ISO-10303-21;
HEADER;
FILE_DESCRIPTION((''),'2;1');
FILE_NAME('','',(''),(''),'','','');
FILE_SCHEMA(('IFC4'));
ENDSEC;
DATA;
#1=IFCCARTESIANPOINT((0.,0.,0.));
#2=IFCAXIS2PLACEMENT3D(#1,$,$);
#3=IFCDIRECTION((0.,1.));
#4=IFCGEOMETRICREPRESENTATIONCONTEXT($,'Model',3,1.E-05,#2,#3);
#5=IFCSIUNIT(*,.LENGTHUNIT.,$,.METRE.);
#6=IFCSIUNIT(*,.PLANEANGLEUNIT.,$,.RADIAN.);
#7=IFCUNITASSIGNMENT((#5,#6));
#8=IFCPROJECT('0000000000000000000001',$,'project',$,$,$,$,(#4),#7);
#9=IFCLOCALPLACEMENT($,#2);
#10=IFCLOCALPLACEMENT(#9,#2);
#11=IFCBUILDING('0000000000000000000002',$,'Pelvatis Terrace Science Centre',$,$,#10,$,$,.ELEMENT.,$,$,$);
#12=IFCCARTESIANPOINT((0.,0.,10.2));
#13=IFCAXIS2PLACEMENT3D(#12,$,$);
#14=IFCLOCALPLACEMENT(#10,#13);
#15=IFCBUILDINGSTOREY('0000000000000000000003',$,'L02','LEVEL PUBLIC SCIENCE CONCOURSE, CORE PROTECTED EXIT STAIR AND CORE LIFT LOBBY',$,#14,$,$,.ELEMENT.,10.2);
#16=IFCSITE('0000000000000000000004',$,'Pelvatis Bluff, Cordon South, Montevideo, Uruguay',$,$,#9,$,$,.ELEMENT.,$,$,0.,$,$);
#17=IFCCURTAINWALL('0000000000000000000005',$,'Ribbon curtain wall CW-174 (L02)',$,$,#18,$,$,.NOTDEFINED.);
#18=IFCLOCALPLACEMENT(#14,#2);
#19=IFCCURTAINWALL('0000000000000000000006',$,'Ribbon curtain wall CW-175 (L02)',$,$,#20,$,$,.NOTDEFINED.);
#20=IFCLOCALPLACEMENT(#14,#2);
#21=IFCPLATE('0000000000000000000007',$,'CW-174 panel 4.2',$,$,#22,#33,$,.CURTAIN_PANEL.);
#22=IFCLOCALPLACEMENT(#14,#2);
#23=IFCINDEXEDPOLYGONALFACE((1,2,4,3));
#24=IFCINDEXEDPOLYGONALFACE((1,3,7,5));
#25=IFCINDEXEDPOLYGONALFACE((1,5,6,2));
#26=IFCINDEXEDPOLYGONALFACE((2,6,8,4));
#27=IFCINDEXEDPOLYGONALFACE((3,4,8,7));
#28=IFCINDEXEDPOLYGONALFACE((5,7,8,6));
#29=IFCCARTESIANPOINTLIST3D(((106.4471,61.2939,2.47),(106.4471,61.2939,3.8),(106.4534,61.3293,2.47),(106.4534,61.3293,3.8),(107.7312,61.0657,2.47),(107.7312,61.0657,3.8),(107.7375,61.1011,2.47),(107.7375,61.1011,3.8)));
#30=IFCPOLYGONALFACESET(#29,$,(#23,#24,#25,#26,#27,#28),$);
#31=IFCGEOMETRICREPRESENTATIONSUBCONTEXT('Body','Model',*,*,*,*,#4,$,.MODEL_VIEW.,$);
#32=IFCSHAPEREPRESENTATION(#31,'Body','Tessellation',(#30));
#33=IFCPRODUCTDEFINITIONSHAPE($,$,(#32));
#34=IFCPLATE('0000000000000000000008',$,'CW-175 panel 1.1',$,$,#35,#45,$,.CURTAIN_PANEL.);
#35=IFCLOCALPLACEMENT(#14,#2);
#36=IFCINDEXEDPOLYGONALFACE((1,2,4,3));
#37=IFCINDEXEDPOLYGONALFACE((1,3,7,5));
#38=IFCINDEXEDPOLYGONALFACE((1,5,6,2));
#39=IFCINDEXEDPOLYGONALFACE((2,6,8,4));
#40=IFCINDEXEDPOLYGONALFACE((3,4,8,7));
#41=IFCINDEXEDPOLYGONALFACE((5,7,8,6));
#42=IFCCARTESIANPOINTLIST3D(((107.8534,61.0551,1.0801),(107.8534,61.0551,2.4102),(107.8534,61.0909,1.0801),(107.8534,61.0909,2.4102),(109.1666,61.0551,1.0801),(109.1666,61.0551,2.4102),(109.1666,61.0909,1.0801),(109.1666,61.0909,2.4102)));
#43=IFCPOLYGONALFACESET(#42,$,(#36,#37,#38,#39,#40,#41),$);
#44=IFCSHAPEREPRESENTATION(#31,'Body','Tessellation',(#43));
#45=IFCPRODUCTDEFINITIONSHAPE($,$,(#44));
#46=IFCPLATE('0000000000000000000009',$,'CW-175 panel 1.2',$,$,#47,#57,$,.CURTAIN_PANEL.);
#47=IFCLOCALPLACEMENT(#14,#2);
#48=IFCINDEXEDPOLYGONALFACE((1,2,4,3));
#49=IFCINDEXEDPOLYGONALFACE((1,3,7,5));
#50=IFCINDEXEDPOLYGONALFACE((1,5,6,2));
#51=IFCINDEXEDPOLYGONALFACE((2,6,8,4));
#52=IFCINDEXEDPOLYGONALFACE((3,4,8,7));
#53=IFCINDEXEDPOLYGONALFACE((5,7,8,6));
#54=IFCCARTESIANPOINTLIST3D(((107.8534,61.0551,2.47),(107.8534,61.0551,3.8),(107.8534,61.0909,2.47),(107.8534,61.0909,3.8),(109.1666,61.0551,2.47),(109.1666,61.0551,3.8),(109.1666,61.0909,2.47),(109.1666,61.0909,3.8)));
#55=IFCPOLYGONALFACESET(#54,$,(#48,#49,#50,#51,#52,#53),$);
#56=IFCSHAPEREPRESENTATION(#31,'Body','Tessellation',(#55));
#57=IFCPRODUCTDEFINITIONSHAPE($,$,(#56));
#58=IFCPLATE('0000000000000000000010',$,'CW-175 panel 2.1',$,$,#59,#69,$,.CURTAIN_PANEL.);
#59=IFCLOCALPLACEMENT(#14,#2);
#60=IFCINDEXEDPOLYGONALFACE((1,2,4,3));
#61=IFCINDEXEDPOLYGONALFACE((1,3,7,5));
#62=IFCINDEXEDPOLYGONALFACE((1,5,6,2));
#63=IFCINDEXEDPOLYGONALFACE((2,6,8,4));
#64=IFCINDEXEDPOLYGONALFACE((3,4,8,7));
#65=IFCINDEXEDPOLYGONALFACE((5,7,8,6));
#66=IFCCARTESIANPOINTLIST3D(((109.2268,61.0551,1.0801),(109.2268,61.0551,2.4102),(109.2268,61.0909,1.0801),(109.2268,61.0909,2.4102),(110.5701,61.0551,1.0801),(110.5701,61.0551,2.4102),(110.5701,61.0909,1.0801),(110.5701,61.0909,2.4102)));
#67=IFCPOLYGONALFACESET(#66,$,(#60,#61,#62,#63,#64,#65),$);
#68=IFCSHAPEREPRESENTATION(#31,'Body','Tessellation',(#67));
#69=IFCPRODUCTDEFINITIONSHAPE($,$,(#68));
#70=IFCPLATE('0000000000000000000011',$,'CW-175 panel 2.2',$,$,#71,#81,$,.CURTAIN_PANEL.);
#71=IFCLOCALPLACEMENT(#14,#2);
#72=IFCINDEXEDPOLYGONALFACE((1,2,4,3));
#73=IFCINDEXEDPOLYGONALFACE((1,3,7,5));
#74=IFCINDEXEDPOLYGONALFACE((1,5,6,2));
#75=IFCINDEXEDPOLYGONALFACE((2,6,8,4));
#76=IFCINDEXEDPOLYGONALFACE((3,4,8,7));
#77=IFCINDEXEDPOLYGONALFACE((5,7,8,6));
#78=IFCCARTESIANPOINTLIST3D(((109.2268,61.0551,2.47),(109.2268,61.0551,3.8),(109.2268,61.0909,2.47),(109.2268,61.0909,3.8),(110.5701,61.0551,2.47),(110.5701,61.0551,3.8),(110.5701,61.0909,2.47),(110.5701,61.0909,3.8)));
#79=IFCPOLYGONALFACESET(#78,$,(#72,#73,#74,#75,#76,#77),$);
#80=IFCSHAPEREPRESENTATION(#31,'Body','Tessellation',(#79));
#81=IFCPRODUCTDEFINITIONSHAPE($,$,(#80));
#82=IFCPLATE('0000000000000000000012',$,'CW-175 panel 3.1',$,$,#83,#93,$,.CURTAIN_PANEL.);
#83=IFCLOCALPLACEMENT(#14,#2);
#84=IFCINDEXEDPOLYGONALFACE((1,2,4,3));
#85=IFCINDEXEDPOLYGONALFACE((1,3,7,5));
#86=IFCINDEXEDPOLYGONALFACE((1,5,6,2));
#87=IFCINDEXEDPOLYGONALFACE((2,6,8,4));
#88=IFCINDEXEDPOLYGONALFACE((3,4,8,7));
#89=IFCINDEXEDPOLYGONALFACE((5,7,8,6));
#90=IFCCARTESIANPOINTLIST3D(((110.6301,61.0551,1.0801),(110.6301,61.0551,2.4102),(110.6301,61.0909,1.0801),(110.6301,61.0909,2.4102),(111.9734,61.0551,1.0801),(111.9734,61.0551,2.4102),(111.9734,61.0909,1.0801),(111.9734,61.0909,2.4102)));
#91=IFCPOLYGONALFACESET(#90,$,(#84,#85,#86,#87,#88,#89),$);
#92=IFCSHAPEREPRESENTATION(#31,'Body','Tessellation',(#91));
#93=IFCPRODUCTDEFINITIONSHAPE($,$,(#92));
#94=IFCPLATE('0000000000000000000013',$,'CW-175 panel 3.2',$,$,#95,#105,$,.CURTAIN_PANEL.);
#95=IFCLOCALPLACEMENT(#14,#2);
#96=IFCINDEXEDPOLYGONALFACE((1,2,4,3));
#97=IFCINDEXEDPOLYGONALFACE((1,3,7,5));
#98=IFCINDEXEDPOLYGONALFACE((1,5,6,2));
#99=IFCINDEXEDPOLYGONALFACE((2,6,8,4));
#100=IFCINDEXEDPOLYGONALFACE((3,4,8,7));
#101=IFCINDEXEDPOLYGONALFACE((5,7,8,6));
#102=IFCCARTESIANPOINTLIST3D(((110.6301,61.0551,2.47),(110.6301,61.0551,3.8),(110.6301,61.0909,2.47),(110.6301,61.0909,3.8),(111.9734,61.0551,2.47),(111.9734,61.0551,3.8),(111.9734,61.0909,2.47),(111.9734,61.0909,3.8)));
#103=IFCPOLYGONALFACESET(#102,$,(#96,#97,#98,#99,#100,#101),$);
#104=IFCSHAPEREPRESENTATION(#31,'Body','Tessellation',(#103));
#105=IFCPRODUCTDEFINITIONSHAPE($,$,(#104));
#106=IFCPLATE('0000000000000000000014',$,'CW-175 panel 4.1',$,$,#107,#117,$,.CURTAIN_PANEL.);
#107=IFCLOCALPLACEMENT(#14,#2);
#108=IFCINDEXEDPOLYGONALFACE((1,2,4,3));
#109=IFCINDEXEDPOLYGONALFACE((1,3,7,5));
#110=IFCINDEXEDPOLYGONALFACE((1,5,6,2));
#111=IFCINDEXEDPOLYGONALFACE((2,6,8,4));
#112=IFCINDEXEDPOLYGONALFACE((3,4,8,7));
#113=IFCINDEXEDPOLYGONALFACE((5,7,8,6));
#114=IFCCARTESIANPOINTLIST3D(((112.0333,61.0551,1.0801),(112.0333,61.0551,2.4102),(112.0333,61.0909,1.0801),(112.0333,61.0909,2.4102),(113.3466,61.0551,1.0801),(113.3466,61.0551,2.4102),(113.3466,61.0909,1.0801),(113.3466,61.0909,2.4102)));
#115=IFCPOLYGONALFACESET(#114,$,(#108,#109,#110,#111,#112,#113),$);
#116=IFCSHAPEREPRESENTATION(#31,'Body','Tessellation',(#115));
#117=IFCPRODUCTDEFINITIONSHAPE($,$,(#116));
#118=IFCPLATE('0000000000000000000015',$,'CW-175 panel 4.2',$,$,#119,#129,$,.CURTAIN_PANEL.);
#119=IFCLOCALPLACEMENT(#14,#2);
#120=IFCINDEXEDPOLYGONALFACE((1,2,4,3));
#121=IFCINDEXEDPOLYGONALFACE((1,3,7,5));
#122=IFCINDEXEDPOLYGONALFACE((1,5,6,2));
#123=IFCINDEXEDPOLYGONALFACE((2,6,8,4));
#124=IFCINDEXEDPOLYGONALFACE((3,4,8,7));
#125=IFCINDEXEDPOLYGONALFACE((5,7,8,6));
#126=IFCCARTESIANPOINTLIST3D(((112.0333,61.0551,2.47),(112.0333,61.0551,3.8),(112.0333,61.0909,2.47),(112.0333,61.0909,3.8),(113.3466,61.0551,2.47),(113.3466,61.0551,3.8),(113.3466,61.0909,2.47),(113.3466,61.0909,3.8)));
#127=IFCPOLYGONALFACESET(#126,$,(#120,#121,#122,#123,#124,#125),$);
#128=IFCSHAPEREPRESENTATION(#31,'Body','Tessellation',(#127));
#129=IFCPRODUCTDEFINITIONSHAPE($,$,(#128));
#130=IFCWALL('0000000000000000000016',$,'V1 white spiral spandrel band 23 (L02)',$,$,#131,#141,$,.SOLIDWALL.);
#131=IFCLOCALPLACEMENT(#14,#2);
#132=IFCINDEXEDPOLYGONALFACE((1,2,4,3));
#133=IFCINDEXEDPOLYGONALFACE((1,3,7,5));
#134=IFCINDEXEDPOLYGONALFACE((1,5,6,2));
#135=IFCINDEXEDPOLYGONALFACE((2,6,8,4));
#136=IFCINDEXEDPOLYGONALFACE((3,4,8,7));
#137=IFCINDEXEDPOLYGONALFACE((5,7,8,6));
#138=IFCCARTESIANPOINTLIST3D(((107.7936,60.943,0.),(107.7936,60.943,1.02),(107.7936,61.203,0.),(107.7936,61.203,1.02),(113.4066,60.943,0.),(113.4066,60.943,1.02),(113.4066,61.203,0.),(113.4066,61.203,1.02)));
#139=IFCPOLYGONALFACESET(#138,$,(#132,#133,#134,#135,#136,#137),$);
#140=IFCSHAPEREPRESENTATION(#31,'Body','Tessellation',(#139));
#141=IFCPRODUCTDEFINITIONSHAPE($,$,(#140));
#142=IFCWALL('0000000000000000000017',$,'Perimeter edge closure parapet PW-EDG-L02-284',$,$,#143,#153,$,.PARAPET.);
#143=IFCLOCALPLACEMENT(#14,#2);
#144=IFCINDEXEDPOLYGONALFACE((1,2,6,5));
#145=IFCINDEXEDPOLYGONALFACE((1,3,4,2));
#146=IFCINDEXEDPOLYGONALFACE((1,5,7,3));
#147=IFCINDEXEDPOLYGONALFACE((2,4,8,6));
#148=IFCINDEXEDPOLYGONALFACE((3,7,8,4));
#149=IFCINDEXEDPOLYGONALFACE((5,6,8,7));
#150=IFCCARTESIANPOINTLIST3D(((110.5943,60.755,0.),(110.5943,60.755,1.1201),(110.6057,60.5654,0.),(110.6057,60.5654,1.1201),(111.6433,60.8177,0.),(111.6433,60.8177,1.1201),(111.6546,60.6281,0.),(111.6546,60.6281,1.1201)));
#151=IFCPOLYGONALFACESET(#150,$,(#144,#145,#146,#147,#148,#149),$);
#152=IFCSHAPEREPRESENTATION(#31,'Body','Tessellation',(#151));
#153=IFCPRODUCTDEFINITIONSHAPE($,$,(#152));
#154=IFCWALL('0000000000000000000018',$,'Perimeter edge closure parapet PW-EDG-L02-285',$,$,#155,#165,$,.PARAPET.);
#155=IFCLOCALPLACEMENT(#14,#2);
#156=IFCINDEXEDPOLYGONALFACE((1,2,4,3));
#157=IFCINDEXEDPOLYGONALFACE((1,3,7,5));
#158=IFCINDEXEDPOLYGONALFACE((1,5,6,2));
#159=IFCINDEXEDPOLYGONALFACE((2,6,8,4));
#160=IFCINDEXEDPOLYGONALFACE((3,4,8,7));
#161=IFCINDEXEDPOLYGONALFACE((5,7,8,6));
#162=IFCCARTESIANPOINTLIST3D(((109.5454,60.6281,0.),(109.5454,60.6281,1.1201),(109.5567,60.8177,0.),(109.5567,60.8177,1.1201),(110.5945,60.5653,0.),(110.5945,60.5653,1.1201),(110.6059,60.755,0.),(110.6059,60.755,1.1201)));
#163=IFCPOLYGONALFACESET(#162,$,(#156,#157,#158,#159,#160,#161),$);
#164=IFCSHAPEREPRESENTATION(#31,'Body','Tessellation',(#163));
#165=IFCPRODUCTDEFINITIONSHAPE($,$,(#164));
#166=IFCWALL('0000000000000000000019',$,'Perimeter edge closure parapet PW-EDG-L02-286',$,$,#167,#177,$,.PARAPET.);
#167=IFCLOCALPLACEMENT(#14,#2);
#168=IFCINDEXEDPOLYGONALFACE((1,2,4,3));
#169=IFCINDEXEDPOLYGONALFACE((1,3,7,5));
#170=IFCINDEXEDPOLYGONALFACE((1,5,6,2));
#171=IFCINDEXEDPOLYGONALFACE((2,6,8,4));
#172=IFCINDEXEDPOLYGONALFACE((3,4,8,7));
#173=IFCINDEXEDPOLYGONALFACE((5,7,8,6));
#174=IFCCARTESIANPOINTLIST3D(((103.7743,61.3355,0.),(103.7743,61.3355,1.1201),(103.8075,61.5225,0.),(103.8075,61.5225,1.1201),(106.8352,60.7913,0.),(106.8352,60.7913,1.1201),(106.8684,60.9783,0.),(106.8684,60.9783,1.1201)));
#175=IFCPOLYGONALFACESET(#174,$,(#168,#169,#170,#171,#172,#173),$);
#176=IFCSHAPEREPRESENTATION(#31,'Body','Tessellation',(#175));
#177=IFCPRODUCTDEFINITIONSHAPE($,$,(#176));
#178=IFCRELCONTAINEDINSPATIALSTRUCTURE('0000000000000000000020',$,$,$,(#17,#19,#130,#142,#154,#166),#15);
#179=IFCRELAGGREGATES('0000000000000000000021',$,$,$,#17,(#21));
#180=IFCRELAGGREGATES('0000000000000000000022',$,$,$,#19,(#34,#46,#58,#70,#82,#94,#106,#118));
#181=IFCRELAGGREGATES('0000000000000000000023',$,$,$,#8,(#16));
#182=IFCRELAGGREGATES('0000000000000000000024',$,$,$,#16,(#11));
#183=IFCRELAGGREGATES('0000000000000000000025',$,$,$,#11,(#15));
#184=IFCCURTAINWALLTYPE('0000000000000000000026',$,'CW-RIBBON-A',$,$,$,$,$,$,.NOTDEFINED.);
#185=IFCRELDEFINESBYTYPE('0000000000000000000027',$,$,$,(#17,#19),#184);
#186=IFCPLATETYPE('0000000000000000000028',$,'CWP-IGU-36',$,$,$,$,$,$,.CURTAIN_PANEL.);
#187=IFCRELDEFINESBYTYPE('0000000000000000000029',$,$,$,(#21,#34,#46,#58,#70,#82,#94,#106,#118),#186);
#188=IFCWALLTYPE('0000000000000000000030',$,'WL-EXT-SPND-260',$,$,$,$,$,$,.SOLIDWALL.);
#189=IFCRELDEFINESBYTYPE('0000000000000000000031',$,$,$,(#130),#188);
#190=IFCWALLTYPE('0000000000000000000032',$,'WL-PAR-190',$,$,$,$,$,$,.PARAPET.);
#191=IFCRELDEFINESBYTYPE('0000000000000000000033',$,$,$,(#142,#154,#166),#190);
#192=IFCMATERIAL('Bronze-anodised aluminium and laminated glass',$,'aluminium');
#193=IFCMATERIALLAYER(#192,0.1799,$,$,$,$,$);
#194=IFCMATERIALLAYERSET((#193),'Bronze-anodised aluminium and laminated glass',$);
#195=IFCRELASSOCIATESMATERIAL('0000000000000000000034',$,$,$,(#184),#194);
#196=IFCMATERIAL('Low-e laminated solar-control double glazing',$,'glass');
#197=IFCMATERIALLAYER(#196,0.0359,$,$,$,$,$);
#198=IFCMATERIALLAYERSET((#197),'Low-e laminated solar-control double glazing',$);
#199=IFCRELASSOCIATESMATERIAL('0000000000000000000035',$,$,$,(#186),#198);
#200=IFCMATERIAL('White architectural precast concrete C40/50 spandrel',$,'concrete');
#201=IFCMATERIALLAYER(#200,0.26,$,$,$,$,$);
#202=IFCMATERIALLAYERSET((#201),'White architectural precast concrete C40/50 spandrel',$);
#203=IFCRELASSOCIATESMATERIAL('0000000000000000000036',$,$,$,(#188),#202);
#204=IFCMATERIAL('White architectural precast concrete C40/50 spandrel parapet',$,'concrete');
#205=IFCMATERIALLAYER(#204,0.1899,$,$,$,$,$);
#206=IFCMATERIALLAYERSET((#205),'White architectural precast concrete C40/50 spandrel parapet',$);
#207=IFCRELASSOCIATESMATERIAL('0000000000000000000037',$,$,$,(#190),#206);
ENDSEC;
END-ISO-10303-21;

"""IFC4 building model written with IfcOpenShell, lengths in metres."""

from ifc_helpers import new_model, si_unit, direction, frame, frame_2d, origin, origin_2d, place, context, subcontext, project, spatial, rectangle, extrude, material, layer, layer_set, type_object, element, aggregate, save


model = new_model("IFC4")

# Units and contexts
model_context = context("Model", 3, precision=1e-05, world=origin(), true_north=direction((0.0, 1.0)))
body_context = subcontext(model_context, "Body", "Model", "MODEL_VIEW")
ifc_project = project(units=[si_unit("LENGTHUNIT", "METRE"), si_unit("PLANEANGLEUNIT", "RADIAN")], contexts=[model_context])

# Site, building, storey
site_placement = place(None, origin())
site = spatial("IfcSite", under=ifc_project, at=site_placement, Name="Pelvatis Bluff, Cordon South, Montevideo, Uruguay", CompositionType="ELEMENT", RefElevation=0.0)
building_placement = place(site_placement, origin())
building = spatial("IfcBuilding", under=site, at=building_placement, Name="Pelvatis Terrace Science Centre", CompositionType="ELEMENT")
storey_placement = place(building_placement, frame((0.0, 0.0, 10.2)))
storey = spatial("IfcBuildingStorey", under=building, at=storey_placement, Name="L02", Description="LEVEL PUBLIC SCIENCE CONCOURSE, CORE PROTECTED EXIT STAIR AND CORE LIFT LOBBY", CompositionType="ELEMENT", Elevation=10.2)

# Curtain wall
ifc_material_1 = material(Name="Bronze-anodised aluminium and laminated glass", Category="aluminium")
ifc_layer_1 = layer(ifc_material_1, 0.1799)
ifc_layer_set_1 = layer_set([ifc_layer_1], Name="Bronze-anodised aluminium and laminated glass")
curtain_wall_type = type_object("IfcCurtainWallType", Name="CW-RIBBON-A", PredefinedType="NOTDEFINED", material=ifc_layer_set_1)
curtain_wall_1_placement = place(storey_placement, origin())
curtain_wall_1 = element("IfcCurtainWall", 1, at=curtain_wall_1_placement, inside=storey, type_object=curtain_wall_type, Name="Ribbon curtain wall CW-174 (L02)", PredefinedType="NOTDEFINED")

# Curtain wall
curtain_wall_2_placement = place(storey_placement, origin())
curtain_wall_2 = element("IfcCurtainWall", 2, at=curtain_wall_2_placement, inside=storey, type_object=curtain_wall_type, Name="Ribbon curtain wall CW-175 (L02)", PredefinedType="NOTDEFINED")

# Plates
ifc_material_2 = material(Name="Low-e laminated solar-control double glazing", Category="glass")
ifc_layer_2 = layer(ifc_material_2, 0.0359)
ifc_layer_set_2 = layer_set([ifc_layer_2], Name="Low-e laminated solar-control double glazing")
plate_type = type_object("IfcPlateType", Name="CWP-IGU-36", PredefinedType="CURTAIN_PANEL", material=ifc_layer_set_2)
plate_1_placement = place(storey_placement, frame((107.0923, 61.1975, 2.47), z_axis=(0.0, 0.0, 1.0), x_axis=(0.984571, -0.174983, 0.0)))
plate_1 = element("IfcPlate", 3, at=plate_1_placement, type_object=plate_type, Name="CW-174 panel 4.2", PredefinedType="CURTAIN_PANEL", context=body_context, shape_type="SweptSolid", body=[
    extrude(rectangle(XDim=1.3042, YDim=0.0359, at=origin_2d()), origin(), (0.0, 0.0, 1.0), 1.3301),
])
aggregate(curtain_wall_1, [plate_1])
plate_2_placement = place(storey_placement, frame((108.51, 61.073, 1.0801), z_axis=(0.0, 0.0, 1.0), x_axis=(1.0, 0.0, 0.0)))
plate_2 = element("IfcPlate", 4, at=plate_2_placement, type_object=plate_type, Name="CW-175 panel 1.1", PredefinedType="CURTAIN_PANEL", context=body_context, shape_type="SweptSolid", body=[
    extrude(rectangle(XDim=1.3132, YDim=0.0359, at=origin_2d()), origin(), (0.0, 0.0, 1.0), 1.3301),
])
plate_3_placement = place(storey_placement, frame((108.51, 61.073, 2.47), z_axis=(0.0, 0.0, 1.0), x_axis=(1.0, 0.0, 0.0)))
plate_3 = element("IfcPlate", 5, at=plate_3_placement, type_object=plate_type, Name="CW-175 panel 1.2", PredefinedType="CURTAIN_PANEL", context=body_context, shape_type="SweptSolid", body=[
    extrude(rectangle(XDim=1.3132, YDim=0.0359, at=origin_2d()), origin(), (0.0, 0.0, 1.0), 1.3301),
])
plate_4_placement = place(storey_placement, frame((109.8984, 61.073, 1.0801), z_axis=(0.0, 0.0, 1.0), x_axis=(1.0, 0.0, 0.0)))
plate_4 = element("IfcPlate", 6, at=plate_4_placement, type_object=plate_type, Name="CW-175 panel 2.1", PredefinedType="CURTAIN_PANEL", context=body_context, shape_type="SweptSolid", body=[
    extrude(rectangle(XDim=1.3433, YDim=0.0359, at=origin_2d()), origin(), (0.0, 0.0, 1.0), 1.3301),
])
plate_5_placement = place(storey_placement, frame((109.8984, 61.073, 2.47), z_axis=(0.0, 0.0, 1.0), x_axis=(1.0, 0.0, 0.0)))
plate_5 = element("IfcPlate", 7, at=plate_5_placement, type_object=plate_type, Name="CW-175 panel 2.2", PredefinedType="CURTAIN_PANEL", context=body_context, shape_type="SweptSolid", body=[
    extrude(rectangle(XDim=1.3433, YDim=0.0359, at=origin_2d()), origin(), (0.0, 0.0, 1.0), 1.3301),
])
plate_6_placement = place(storey_placement, frame((111.3018, 61.073, 1.0801), z_axis=(0.0, 0.0, 1.0), x_axis=(1.0, 0.0, 0.0)))
plate_6 = element("IfcPlate", 8, at=plate_6_placement, type_object=plate_type, Name="CW-175 panel 3.1", PredefinedType="CURTAIN_PANEL", context=body_context, shape_type="SweptSolid", body=[
    extrude(rectangle(XDim=1.3433, YDim=0.0359, at=origin_2d()), origin(), (0.0, 0.0, 1.0), 1.3301),
])
plate_7_placement = place(storey_placement, frame((111.3018, 61.073, 2.47), z_axis=(0.0, 0.0, 1.0), x_axis=(1.0, 0.0, 0.0)))
plate_7 = element("IfcPlate", 9, at=plate_7_placement, type_object=plate_type, Name="CW-175 panel 3.2", PredefinedType="CURTAIN_PANEL", context=body_context, shape_type="SweptSolid", body=[
    extrude(rectangle(XDim=1.3433, YDim=0.0359, at=origin_2d()), origin(), (0.0, 0.0, 1.0), 1.3301),
])
plate_8_placement = place(storey_placement, frame((112.6899, 61.073, 1.0801), z_axis=(0.0, 0.0, 1.0), x_axis=(1.0, 0.0, 0.0)))
plate_8 = element("IfcPlate", 10, at=plate_8_placement, type_object=plate_type, Name="CW-175 panel 4.1", PredefinedType="CURTAIN_PANEL", context=body_context, shape_type="SweptSolid", body=[
    extrude(rectangle(XDim=1.3132, YDim=0.0359, at=origin_2d()), origin(), (0.0, 0.0, 1.0), 1.3301),
])
plate_9_placement = place(storey_placement, frame((112.6899, 61.073, 2.47), z_axis=(0.0, 0.0, 1.0), x_axis=(1.0, 0.0, 0.0)))
plate_9 = element("IfcPlate", 11, at=plate_9_placement, type_object=plate_type, Name="CW-175 panel 4.2", PredefinedType="CURTAIN_PANEL", context=body_context, shape_type="SweptSolid", body=[
    extrude(rectangle(XDim=1.3132, YDim=0.0359, at=origin_2d()), origin(), (0.0, 0.0, 1.0), 1.3301),
])
aggregate(curtain_wall_2, [plate_2, plate_3, plate_4, plate_5, plate_6, plate_7, plate_8, plate_9])

# Walls
ifc_material_3 = material(Name="White architectural precast concrete C40/50 spandrel", Category="concrete")
ifc_layer_3 = layer(ifc_material_3, 0.26)
ifc_layer_set_3 = layer_set([ifc_layer_3], Name="White architectural precast concrete C40/50 spandrel")
wall_type_1 = type_object("IfcWallType", Name="WL-EXT-SPND-260", PredefinedType="SOLIDWALL", material=ifc_layer_set_3)
wall_1_placement = place(storey_placement, frame((107.7935, 61.073, 0.0), z_axis=(0.0, 0.0, 1.0), x_axis=(1.0, 0.0, 0.0)))
element("IfcWall", 12, at=wall_1_placement, inside=storey, type_object=wall_type_1, Name="V1 white spiral spandrel band 23 (L02)", PredefinedType="SOLIDWALL", context=body_context, shape_type="SweptSolid", body=[
    extrude(rectangle(XDim=5.613, YDim=0.26, at=frame_2d((2.8066, 0.0))), origin(), (0.0, 0.0, 1.0), 1.02),
])
ifc_material_4 = material(Name="White architectural precast concrete C40/50 spandrel parapet", Category="concrete")
ifc_layer_4 = layer(ifc_material_4, 0.1899)
ifc_layer_set_4 = layer_set([ifc_layer_4], Name="White architectural precast concrete C40/50 spandrel parapet")
wall_type_2 = type_object("IfcWallType", Name="WL-PAR-190", PredefinedType="PARAPET", material=ifc_layer_set_4)
wall_2_placement = place(storey_placement, frame((111.6489, 60.7229, 0.0), z_axis=(0.0, 0.0, 1.0), x_axis=(-0.998215, -0.059716, 0.0)))
element("IfcWall", 13, at=wall_2_placement, inside=storey, type_object=wall_type_2, Name="Perimeter edge closure parapet PW-EDG-L02-284", PredefinedType="PARAPET", context=body_context, shape_type="SweptSolid", body=[
    extrude(rectangle(XDim=1.0508, YDim=0.1899, at=frame_2d((0.5254, 0.0))), origin(), (0.0, 0.0, 1.0), 1.1201),
])
wall_3_placement = place(storey_placement, frame((110.6001, 60.6602, 0.0), z_axis=(0.0, 0.0, 1.0), x_axis=(-0.998216, 0.059702, 0.0)))
element("IfcWall", 14, at=wall_3_placement, inside=storey, type_object=wall_type_2, Name="Perimeter edge closure parapet PW-EDG-L02-285", PredefinedType="PARAPET", context=body_context, shape_type="SweptSolid", body=[
    extrude(rectangle(XDim=1.051, YDim=0.1899, at=frame_2d((0.5254, 0.0))), origin(), (0.0, 0.0, 1.0), 1.1201),
])
wall_4_placement = place(storey_placement, frame((106.8518, 60.8848, 0.0), z_axis=(0.0, 0.0, 1.0), x_axis=(-0.98456, 0.175049, 0.0)))
element("IfcWall", 15, at=wall_4_placement, inside=storey, type_object=wall_type_2, Name="Perimeter edge closure parapet PW-EDG-L02-286", PredefinedType="PARAPET", context=body_context, shape_type="SweptSolid", body=[
    extrude(rectangle(XDim=3.1089, YDim=0.1899, at=frame_2d((1.5544, 0.0))), origin(), (0.0, 0.0, 1.0), 1.1201),
])

save(model, "model.ifc")
